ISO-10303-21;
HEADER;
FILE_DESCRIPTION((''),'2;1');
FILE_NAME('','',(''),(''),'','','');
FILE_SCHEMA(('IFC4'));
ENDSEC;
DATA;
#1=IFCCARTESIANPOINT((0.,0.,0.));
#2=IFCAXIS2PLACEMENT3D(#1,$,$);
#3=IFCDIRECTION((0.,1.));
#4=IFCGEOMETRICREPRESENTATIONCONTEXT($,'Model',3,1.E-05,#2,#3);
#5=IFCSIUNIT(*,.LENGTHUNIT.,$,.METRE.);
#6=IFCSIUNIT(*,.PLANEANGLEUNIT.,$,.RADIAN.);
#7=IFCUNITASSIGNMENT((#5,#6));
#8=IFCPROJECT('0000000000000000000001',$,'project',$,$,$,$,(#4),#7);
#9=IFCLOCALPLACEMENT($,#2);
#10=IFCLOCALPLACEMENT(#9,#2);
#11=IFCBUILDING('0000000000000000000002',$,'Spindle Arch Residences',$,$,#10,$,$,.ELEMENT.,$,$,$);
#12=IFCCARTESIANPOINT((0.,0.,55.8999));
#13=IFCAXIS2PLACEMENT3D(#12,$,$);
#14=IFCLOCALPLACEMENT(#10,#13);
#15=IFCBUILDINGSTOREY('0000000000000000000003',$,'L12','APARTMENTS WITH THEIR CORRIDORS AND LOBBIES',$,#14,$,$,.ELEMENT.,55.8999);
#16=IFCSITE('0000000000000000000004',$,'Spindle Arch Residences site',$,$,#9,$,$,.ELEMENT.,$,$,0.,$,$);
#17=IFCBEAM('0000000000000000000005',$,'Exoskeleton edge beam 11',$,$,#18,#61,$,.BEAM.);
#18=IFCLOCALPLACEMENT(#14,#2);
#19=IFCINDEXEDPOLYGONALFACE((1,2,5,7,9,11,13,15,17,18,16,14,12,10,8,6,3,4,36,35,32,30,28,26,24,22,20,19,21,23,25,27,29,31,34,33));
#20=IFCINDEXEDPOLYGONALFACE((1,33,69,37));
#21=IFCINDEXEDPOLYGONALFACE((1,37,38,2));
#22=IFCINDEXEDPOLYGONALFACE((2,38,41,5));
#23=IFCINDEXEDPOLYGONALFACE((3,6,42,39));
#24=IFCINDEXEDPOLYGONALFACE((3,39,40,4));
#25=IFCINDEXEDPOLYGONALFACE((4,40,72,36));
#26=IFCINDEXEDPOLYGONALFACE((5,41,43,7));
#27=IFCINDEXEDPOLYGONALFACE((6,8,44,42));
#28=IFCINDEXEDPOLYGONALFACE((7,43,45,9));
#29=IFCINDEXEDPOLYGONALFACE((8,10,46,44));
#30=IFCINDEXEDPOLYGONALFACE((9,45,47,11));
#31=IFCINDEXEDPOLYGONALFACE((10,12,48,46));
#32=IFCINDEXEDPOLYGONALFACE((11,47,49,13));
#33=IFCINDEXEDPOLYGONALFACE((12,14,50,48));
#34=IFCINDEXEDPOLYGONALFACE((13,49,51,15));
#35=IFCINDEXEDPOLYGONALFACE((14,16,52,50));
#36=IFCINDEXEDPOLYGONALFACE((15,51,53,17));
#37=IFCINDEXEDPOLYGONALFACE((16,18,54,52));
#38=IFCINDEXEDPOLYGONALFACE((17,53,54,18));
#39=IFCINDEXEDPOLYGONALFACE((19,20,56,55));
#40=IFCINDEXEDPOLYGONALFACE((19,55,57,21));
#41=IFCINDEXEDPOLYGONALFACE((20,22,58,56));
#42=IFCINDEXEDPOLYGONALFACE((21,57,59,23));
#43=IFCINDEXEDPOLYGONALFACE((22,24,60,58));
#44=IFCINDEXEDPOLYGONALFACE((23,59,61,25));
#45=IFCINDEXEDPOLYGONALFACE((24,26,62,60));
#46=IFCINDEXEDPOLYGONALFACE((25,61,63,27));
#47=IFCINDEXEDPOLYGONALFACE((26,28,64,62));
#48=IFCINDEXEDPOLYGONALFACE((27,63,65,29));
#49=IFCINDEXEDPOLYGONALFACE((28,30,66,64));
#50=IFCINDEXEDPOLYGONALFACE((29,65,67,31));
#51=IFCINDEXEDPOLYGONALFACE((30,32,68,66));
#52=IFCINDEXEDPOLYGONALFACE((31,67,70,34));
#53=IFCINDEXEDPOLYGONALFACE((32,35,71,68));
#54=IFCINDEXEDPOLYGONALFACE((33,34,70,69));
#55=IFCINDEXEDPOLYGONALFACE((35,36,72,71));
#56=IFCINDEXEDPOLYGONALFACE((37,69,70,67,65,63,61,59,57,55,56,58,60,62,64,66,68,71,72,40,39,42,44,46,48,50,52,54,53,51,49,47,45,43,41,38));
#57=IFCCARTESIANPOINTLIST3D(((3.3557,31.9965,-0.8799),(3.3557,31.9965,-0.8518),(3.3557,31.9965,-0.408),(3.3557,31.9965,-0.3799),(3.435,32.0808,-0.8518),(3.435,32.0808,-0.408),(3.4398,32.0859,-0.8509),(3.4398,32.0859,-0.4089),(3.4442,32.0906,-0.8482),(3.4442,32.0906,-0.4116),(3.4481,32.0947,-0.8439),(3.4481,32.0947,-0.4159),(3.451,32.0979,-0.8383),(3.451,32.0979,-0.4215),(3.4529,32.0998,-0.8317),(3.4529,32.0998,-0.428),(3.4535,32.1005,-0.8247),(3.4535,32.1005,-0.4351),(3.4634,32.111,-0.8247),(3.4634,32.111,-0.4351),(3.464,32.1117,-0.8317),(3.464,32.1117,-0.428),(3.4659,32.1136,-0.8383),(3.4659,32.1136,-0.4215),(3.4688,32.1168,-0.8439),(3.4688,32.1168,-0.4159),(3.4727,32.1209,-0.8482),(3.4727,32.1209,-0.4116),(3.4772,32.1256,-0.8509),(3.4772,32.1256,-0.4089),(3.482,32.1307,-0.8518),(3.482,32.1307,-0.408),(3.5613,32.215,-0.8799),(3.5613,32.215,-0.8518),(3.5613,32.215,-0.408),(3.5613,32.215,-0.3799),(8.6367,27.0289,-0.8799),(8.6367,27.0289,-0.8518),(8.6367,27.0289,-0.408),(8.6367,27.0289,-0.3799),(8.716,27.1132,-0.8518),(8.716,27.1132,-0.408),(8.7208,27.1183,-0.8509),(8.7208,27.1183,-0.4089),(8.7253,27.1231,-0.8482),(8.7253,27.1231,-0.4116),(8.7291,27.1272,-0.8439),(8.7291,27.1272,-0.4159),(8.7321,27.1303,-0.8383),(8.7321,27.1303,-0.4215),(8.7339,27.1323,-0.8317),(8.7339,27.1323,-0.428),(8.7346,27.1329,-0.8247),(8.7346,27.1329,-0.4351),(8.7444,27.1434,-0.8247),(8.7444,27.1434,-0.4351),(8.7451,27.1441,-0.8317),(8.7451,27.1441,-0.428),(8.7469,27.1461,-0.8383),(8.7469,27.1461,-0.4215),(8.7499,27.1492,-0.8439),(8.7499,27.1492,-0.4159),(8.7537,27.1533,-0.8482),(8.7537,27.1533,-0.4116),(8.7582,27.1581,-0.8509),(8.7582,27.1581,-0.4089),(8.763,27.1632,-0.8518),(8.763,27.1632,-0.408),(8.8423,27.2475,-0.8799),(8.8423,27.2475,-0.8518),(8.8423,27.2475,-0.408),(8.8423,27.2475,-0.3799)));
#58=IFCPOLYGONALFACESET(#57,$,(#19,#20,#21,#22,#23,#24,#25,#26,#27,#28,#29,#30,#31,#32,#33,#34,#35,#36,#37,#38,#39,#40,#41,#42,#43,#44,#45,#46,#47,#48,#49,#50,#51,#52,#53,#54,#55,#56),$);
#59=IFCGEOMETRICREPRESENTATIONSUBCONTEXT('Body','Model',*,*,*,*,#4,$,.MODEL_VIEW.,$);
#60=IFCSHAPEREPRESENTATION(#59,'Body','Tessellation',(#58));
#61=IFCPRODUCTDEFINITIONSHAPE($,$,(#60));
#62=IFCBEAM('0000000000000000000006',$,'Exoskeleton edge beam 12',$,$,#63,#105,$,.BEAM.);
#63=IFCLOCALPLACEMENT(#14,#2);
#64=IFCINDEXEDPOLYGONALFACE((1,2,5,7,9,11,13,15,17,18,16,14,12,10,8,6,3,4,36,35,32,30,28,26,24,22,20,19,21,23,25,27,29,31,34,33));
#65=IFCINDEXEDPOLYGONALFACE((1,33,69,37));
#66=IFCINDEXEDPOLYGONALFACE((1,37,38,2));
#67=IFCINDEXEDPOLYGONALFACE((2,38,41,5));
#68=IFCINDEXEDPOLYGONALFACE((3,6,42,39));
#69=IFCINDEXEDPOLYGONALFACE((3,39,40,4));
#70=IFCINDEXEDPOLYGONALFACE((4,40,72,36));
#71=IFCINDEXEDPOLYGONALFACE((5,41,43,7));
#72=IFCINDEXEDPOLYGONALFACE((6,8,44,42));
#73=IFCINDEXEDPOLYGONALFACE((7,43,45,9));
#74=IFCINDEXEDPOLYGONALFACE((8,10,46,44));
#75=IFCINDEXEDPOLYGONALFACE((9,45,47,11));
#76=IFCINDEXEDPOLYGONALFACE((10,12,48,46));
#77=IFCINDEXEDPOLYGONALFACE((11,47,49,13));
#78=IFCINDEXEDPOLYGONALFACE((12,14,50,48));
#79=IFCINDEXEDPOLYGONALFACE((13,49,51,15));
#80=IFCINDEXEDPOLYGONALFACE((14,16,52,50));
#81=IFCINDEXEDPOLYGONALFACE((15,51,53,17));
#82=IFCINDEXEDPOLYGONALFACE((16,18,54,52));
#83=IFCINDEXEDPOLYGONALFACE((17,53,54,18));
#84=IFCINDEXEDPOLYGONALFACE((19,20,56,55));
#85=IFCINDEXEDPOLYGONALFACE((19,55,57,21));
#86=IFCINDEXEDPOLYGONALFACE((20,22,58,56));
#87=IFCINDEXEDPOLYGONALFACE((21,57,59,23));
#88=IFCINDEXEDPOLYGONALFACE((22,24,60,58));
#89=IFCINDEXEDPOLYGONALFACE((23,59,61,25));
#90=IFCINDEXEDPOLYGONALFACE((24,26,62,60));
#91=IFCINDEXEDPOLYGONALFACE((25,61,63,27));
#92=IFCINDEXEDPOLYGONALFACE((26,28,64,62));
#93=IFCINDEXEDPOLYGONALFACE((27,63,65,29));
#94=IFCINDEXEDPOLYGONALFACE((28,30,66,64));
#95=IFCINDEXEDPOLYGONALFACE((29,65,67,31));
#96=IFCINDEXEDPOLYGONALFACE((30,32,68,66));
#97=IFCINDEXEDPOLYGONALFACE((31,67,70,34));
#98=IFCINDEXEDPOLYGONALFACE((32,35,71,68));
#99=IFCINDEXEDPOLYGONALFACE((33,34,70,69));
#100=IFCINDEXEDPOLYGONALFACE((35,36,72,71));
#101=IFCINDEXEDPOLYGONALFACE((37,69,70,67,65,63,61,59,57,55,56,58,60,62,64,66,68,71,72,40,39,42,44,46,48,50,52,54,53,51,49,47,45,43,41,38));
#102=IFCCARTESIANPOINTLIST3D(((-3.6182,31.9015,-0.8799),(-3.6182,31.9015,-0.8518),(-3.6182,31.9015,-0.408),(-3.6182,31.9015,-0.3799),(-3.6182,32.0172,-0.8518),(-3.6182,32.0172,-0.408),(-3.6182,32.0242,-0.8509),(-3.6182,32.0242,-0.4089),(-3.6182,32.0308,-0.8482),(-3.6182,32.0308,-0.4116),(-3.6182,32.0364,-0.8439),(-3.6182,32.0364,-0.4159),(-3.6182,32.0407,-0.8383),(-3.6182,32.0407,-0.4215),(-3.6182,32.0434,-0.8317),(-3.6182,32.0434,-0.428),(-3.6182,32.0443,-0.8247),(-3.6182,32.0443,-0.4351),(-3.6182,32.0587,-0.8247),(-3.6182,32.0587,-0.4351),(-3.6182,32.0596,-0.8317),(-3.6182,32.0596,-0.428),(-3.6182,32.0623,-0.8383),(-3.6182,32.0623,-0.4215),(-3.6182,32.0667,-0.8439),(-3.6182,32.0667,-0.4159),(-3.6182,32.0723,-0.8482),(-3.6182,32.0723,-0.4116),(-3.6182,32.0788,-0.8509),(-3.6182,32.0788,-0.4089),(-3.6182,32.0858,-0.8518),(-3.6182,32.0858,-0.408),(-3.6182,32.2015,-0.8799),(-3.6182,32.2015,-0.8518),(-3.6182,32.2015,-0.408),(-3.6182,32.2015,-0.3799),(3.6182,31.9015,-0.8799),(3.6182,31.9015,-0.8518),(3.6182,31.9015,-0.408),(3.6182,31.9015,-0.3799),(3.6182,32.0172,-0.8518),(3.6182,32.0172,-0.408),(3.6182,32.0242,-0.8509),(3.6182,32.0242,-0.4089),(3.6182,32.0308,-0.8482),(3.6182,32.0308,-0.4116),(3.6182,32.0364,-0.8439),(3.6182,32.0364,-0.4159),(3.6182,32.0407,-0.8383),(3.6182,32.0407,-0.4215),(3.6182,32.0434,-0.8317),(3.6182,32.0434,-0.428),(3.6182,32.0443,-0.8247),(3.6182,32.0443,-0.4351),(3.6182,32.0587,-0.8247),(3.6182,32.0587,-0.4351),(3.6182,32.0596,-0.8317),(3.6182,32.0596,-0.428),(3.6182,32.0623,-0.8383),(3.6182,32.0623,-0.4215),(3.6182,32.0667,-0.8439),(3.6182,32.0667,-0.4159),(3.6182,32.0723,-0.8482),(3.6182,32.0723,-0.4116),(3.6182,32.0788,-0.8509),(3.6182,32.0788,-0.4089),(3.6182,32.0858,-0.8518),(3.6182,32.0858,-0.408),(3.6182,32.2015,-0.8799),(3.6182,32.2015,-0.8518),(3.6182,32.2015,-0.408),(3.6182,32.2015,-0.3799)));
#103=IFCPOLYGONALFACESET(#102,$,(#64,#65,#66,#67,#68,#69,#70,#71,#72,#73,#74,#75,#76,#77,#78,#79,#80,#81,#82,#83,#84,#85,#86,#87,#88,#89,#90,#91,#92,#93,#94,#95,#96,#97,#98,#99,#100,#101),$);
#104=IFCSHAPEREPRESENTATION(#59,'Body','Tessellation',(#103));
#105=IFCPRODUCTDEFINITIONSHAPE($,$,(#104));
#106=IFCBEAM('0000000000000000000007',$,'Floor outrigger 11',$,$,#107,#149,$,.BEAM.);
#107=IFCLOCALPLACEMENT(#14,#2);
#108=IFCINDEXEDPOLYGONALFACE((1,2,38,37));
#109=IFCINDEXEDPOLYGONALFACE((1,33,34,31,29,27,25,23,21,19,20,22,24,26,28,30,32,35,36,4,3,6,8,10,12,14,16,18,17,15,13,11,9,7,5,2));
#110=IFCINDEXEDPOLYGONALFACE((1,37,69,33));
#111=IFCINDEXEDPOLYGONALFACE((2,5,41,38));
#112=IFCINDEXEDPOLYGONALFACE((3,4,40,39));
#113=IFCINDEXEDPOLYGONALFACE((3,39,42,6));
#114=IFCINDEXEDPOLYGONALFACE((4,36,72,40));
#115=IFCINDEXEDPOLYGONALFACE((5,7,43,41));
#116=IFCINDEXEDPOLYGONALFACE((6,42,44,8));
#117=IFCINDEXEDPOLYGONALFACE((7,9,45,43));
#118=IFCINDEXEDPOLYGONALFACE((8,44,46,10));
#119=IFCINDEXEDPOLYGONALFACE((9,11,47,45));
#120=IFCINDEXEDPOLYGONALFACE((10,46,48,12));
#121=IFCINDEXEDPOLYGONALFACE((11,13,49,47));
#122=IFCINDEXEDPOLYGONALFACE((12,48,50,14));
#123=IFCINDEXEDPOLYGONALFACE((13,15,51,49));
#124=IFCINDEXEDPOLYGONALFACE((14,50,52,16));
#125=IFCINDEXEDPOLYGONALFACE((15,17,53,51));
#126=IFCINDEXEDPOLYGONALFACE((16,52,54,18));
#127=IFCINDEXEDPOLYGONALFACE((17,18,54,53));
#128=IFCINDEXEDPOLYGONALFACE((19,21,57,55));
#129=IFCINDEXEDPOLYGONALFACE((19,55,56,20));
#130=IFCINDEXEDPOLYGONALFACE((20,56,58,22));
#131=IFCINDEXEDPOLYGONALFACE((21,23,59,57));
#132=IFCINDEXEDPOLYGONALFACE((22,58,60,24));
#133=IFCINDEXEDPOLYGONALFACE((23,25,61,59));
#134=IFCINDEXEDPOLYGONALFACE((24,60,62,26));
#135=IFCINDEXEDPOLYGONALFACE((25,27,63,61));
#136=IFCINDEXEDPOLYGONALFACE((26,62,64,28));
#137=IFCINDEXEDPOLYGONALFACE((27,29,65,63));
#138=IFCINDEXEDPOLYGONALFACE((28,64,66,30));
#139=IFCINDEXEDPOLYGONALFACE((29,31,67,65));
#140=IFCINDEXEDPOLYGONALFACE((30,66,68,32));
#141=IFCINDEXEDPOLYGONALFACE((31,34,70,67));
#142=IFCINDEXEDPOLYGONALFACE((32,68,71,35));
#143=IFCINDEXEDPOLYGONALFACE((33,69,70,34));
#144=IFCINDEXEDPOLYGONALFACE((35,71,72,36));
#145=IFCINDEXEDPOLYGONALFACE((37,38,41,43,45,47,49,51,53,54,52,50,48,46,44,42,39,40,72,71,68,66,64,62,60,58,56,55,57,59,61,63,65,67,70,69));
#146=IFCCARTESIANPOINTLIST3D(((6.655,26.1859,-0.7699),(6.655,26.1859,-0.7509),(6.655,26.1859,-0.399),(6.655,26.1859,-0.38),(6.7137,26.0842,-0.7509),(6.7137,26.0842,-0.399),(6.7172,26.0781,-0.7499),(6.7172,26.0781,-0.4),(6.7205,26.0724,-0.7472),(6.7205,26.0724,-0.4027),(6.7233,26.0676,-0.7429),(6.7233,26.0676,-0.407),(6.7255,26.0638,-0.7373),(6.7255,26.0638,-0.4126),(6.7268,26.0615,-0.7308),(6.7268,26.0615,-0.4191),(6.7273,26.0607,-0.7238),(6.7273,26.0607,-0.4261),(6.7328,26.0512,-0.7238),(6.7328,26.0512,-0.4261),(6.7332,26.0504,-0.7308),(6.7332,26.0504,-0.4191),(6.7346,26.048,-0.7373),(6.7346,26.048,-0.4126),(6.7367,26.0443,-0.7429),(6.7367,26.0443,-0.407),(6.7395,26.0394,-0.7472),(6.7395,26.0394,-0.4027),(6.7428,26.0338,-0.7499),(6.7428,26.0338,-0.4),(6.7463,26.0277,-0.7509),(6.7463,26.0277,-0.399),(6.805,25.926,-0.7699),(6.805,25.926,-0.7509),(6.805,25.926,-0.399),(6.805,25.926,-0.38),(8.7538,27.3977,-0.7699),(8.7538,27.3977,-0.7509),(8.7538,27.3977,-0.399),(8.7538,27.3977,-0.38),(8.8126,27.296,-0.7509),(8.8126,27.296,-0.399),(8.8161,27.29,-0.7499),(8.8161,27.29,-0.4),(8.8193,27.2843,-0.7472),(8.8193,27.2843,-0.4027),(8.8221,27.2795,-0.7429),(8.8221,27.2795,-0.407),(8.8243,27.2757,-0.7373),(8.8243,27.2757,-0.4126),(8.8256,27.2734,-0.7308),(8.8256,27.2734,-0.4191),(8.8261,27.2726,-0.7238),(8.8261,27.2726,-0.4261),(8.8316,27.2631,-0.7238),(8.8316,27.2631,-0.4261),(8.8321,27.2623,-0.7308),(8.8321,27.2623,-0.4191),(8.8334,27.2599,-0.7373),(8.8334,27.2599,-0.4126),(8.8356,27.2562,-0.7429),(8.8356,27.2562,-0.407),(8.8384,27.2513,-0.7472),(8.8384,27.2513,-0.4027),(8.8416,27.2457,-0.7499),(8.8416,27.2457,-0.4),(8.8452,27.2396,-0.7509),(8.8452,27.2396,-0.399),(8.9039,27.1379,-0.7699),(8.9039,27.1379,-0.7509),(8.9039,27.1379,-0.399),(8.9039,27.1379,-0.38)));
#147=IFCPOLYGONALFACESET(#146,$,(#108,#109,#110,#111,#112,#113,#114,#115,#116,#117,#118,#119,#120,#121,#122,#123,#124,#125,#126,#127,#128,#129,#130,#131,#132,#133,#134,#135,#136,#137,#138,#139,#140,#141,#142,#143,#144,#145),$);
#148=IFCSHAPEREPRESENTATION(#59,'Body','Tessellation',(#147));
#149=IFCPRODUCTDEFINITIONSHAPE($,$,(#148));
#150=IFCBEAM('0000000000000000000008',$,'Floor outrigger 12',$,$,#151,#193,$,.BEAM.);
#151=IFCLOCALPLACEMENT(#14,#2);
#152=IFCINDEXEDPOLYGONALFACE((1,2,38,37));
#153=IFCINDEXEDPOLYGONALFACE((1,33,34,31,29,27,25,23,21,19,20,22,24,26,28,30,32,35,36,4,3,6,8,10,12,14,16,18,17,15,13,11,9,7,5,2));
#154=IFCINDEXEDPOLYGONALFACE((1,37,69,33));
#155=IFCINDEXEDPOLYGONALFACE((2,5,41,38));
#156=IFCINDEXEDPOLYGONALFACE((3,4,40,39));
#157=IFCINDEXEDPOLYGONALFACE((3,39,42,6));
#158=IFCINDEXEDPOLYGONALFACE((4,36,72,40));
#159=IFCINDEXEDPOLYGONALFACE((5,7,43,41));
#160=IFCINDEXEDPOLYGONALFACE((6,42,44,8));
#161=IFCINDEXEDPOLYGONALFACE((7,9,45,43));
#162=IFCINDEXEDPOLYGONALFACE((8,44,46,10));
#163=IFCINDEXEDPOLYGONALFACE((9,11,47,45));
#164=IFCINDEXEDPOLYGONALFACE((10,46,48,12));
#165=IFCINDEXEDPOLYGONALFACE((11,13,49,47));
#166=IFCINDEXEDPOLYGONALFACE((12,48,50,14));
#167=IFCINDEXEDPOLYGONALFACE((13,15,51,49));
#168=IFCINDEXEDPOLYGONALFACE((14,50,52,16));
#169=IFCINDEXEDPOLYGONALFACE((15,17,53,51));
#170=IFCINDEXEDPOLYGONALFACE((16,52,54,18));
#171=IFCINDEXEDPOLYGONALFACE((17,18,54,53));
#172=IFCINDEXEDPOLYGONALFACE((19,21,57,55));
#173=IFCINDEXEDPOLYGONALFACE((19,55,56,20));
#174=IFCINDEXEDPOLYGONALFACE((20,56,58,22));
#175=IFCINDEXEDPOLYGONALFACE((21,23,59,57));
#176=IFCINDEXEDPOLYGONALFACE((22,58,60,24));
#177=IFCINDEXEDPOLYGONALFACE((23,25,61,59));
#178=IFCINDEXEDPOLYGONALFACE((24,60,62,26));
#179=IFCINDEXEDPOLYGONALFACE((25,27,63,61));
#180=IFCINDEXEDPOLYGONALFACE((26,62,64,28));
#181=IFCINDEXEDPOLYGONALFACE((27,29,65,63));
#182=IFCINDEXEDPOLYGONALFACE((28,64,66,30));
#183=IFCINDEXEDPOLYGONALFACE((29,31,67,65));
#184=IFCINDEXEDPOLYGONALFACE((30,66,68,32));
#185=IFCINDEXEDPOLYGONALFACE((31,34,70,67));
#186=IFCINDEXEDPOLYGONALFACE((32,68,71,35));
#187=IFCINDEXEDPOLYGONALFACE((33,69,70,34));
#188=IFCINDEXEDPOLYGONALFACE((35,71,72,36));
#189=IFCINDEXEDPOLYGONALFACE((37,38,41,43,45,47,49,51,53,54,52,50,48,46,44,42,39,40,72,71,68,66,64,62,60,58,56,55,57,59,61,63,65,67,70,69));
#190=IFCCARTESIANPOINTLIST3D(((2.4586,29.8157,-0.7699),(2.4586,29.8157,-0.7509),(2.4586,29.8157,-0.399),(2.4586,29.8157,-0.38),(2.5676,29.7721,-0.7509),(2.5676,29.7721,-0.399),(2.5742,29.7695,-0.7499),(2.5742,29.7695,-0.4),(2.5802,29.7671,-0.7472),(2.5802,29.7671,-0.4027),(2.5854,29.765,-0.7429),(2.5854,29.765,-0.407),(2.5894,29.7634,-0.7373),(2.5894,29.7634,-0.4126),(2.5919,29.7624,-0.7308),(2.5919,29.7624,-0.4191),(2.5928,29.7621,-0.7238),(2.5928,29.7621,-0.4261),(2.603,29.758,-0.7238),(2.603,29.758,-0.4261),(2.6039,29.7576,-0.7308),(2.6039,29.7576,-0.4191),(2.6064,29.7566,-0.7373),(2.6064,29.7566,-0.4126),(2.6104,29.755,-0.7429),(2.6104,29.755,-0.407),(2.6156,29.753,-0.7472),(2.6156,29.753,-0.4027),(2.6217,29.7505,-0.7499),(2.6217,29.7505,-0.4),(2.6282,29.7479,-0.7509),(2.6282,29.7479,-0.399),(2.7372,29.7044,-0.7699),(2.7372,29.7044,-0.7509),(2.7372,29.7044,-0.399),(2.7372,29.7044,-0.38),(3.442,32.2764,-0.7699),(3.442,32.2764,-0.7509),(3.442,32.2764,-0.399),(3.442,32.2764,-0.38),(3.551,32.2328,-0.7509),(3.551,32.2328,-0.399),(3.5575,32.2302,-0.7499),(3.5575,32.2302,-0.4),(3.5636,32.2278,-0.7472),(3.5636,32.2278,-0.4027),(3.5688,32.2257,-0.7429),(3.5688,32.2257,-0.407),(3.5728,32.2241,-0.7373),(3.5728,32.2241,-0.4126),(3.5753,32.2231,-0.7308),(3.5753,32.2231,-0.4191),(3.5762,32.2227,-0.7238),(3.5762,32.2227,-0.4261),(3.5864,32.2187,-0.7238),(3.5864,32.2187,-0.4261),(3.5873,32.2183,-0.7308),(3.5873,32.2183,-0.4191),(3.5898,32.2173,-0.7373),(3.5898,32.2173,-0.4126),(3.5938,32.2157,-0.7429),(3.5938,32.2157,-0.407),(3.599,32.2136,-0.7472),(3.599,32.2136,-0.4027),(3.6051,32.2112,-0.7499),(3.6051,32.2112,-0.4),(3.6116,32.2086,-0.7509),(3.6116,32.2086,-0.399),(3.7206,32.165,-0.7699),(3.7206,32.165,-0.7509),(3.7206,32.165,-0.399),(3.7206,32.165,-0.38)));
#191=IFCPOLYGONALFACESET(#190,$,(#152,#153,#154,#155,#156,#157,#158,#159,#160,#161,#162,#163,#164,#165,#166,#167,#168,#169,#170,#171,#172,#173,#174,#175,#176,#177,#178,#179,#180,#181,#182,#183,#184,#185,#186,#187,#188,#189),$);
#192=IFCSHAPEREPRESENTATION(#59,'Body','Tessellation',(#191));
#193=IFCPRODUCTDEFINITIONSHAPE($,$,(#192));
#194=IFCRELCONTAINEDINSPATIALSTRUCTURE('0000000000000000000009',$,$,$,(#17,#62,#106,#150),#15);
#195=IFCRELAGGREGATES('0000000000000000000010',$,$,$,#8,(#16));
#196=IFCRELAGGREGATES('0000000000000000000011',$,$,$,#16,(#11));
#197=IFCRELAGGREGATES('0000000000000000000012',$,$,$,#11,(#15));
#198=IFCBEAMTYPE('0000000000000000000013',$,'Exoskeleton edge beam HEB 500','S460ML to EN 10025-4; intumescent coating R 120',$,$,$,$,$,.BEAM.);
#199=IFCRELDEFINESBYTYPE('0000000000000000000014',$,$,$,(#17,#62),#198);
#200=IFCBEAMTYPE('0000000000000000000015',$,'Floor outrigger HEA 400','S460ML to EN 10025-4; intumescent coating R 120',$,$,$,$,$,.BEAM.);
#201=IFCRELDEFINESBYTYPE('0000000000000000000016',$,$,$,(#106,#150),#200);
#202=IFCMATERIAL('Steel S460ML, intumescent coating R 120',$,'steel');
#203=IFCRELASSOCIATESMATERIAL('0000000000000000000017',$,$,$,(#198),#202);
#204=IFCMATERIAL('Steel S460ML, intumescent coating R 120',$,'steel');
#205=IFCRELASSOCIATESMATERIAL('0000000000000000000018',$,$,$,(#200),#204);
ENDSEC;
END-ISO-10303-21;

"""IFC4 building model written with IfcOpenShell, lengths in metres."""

from ifc_helpers import new_model, si_unit, direction, frame, origin, origin_2d, place, context, subcontext, project, spatial, i_section, extrude, material, material_profile, profile_set, type_object, element, save


model = new_model("IFC4")

# Units and contexts
model_context = context("Model", 3, precision=1e-05, world=origin(), true_north=direction((0.0, 1.0)))
body_context = subcontext(model_context, "Body", "Model", "MODEL_VIEW")
ifc_project = project(units=[si_unit("LENGTHUNIT", "METRE"), si_unit("PLANEANGLEUNIT", "RADIAN")], contexts=[model_context])

# Site, building, storey
site_placement = place(None, origin())
site = spatial("IfcSite", under=ifc_project, at=site_placement, Name="Spindle Arch Residences site", CompositionType="ELEMENT", RefElevation=0.0)
building_placement = place(site_placement, origin())
building = spatial("IfcBuilding", under=site, at=building_placement, Name="Spindle Arch Residences", CompositionType="ELEMENT")
storey_placement = place(building_placement, frame((0.0, 0.0, 55.8999)))
storey = spatial("IfcBuildingStorey", under=building, at=storey_placement, Name="L12", Description="APARTMENTS WITH THEIR CORRIDORS AND LOBBIES", CompositionType="ELEMENT", Elevation=55.8999)

# Beams
ifc_material_1 = material(Name="Steel S460ML, intumescent coating R 120", Category="steel")
ifc_material_profile_1 = material_profile(ifc_material_1, i_section(OverallWidth=0.3, OverallDepth=0.5, WebThickness=0.0144, FlangeThickness=0.0281, FilletRadius=0.0271, at=origin_2d()), Name="HEB 500")
ifc_profile_set_1 = profile_set([ifc_material_profile_1], Name="Steel S460ML, intumescent coating R 120")
beam_type_1 = type_object("IfcBeamType", Name="Exoskeleton edge beam HEB 500", Description="S460ML to EN 10025-4; intumescent coating R 120", PredefinedType="BEAM", material=ifc_profile_set_1)
beam_1_placement = place(storey_placement, frame((8.7395, 27.1382, -0.6299), z_axis=(-0.728395, 0.685158, 0.0), x_axis=(-0.685158, -0.728395, 0.0)))
element("IfcBeam", 1, at=beam_1_placement, inside=storey, type_object=beam_type_1, Name="Exoskeleton edge beam 11", PredefinedType="BEAM", context=body_context, shape_type="SweptSolid", body=[
    extrude(i_section(OverallWidth=0.3, OverallDepth=0.5, WebThickness=0.0144, FlangeThickness=0.0281, FilletRadius=0.0271, at=origin_2d()), origin(), (0.0, 0.0, 1.0), 7.2502),
])
beam_2_placement = place(storey_placement, frame((3.6182, 32.0515, -0.6299), z_axis=(-1.0, 0.0, 0.0), x_axis=(0.0, -1.0, 0.0)))
element("IfcBeam", 2, at=beam_2_placement, inside=storey, type_object=beam_type_1, Name="Exoskeleton edge beam 12", PredefinedType="BEAM", context=body_context, shape_type="SweptSolid", body=[
    extrude(i_section(OverallWidth=0.3, OverallDepth=0.5, WebThickness=0.0144, FlangeThickness=0.0281, FilletRadius=0.0271, at=origin_2d()), origin(), (0.0, 0.0, 1.0), 7.2363),
])
ifc_material_2 = material(Name="Steel S460ML, intumescent coating R 120", Category="steel")
ifc_material_profile_2 = material_profile(ifc_material_2, i_section(OverallWidth=0.3, OverallDepth=0.3899, WebThickness=0.011, FlangeThickness=0.019, FilletRadius=0.0271, at=origin_2d()), Name="HEA 400")
ifc_profile_set_2 = profile_set([ifc_material_profile_2], Name="Steel S460ML, intumescent coating R 120")
beam_type_2 = type_object("IfcBeamType", Name="Floor outrigger HEA 400", Description="S460ML to EN 10025-4; intumescent coating R 120", PredefinedType="BEAM", material=ifc_profile_set_2)
beam_3_placement = place(storey_placement, frame((8.8289, 27.2678, -0.575), z_axis=(-0.866003, -0.500039, 0.0), x_axis=(0.500039, -0.866003, 0.0)))
element("IfcBeam", 3, at=beam_3_placement, inside=storey, type_object=beam_type_2, Name="Floor outrigger 11", PredefinedType="BEAM", context=body_context, shape_type="SweptSolid", body=[
    extrude(i_section(OverallWidth=0.3, OverallDepth=0.3899, WebThickness=0.011, FlangeThickness=0.019, FilletRadius=0.0271, at=origin_2d()), origin(), (0.0, 0.0, 1.0), 2.4236),
])
beam_4_placement = place(storey_placement, frame((3.5813, 32.2207, -0.575), z_axis=(-0.371105, -0.928591, 0.0), x_axis=(0.928591, -0.371105, 0.0)))
element("IfcBeam", 4, at=beam_4_placement, inside=storey, type_object=beam_type_2, Name="Floor outrigger 12", PredefinedType="BEAM", context=body_context, shape_type="SweptSolid", body=[
    extrude(i_section(OverallWidth=0.3, OverallDepth=0.3899, WebThickness=0.011, FlangeThickness=0.019, FilletRadius=0.0271, at=origin_2d()), origin(), (0.0, 0.0, 1.0), 2.6499),
])

save(model, "model.ifc")
